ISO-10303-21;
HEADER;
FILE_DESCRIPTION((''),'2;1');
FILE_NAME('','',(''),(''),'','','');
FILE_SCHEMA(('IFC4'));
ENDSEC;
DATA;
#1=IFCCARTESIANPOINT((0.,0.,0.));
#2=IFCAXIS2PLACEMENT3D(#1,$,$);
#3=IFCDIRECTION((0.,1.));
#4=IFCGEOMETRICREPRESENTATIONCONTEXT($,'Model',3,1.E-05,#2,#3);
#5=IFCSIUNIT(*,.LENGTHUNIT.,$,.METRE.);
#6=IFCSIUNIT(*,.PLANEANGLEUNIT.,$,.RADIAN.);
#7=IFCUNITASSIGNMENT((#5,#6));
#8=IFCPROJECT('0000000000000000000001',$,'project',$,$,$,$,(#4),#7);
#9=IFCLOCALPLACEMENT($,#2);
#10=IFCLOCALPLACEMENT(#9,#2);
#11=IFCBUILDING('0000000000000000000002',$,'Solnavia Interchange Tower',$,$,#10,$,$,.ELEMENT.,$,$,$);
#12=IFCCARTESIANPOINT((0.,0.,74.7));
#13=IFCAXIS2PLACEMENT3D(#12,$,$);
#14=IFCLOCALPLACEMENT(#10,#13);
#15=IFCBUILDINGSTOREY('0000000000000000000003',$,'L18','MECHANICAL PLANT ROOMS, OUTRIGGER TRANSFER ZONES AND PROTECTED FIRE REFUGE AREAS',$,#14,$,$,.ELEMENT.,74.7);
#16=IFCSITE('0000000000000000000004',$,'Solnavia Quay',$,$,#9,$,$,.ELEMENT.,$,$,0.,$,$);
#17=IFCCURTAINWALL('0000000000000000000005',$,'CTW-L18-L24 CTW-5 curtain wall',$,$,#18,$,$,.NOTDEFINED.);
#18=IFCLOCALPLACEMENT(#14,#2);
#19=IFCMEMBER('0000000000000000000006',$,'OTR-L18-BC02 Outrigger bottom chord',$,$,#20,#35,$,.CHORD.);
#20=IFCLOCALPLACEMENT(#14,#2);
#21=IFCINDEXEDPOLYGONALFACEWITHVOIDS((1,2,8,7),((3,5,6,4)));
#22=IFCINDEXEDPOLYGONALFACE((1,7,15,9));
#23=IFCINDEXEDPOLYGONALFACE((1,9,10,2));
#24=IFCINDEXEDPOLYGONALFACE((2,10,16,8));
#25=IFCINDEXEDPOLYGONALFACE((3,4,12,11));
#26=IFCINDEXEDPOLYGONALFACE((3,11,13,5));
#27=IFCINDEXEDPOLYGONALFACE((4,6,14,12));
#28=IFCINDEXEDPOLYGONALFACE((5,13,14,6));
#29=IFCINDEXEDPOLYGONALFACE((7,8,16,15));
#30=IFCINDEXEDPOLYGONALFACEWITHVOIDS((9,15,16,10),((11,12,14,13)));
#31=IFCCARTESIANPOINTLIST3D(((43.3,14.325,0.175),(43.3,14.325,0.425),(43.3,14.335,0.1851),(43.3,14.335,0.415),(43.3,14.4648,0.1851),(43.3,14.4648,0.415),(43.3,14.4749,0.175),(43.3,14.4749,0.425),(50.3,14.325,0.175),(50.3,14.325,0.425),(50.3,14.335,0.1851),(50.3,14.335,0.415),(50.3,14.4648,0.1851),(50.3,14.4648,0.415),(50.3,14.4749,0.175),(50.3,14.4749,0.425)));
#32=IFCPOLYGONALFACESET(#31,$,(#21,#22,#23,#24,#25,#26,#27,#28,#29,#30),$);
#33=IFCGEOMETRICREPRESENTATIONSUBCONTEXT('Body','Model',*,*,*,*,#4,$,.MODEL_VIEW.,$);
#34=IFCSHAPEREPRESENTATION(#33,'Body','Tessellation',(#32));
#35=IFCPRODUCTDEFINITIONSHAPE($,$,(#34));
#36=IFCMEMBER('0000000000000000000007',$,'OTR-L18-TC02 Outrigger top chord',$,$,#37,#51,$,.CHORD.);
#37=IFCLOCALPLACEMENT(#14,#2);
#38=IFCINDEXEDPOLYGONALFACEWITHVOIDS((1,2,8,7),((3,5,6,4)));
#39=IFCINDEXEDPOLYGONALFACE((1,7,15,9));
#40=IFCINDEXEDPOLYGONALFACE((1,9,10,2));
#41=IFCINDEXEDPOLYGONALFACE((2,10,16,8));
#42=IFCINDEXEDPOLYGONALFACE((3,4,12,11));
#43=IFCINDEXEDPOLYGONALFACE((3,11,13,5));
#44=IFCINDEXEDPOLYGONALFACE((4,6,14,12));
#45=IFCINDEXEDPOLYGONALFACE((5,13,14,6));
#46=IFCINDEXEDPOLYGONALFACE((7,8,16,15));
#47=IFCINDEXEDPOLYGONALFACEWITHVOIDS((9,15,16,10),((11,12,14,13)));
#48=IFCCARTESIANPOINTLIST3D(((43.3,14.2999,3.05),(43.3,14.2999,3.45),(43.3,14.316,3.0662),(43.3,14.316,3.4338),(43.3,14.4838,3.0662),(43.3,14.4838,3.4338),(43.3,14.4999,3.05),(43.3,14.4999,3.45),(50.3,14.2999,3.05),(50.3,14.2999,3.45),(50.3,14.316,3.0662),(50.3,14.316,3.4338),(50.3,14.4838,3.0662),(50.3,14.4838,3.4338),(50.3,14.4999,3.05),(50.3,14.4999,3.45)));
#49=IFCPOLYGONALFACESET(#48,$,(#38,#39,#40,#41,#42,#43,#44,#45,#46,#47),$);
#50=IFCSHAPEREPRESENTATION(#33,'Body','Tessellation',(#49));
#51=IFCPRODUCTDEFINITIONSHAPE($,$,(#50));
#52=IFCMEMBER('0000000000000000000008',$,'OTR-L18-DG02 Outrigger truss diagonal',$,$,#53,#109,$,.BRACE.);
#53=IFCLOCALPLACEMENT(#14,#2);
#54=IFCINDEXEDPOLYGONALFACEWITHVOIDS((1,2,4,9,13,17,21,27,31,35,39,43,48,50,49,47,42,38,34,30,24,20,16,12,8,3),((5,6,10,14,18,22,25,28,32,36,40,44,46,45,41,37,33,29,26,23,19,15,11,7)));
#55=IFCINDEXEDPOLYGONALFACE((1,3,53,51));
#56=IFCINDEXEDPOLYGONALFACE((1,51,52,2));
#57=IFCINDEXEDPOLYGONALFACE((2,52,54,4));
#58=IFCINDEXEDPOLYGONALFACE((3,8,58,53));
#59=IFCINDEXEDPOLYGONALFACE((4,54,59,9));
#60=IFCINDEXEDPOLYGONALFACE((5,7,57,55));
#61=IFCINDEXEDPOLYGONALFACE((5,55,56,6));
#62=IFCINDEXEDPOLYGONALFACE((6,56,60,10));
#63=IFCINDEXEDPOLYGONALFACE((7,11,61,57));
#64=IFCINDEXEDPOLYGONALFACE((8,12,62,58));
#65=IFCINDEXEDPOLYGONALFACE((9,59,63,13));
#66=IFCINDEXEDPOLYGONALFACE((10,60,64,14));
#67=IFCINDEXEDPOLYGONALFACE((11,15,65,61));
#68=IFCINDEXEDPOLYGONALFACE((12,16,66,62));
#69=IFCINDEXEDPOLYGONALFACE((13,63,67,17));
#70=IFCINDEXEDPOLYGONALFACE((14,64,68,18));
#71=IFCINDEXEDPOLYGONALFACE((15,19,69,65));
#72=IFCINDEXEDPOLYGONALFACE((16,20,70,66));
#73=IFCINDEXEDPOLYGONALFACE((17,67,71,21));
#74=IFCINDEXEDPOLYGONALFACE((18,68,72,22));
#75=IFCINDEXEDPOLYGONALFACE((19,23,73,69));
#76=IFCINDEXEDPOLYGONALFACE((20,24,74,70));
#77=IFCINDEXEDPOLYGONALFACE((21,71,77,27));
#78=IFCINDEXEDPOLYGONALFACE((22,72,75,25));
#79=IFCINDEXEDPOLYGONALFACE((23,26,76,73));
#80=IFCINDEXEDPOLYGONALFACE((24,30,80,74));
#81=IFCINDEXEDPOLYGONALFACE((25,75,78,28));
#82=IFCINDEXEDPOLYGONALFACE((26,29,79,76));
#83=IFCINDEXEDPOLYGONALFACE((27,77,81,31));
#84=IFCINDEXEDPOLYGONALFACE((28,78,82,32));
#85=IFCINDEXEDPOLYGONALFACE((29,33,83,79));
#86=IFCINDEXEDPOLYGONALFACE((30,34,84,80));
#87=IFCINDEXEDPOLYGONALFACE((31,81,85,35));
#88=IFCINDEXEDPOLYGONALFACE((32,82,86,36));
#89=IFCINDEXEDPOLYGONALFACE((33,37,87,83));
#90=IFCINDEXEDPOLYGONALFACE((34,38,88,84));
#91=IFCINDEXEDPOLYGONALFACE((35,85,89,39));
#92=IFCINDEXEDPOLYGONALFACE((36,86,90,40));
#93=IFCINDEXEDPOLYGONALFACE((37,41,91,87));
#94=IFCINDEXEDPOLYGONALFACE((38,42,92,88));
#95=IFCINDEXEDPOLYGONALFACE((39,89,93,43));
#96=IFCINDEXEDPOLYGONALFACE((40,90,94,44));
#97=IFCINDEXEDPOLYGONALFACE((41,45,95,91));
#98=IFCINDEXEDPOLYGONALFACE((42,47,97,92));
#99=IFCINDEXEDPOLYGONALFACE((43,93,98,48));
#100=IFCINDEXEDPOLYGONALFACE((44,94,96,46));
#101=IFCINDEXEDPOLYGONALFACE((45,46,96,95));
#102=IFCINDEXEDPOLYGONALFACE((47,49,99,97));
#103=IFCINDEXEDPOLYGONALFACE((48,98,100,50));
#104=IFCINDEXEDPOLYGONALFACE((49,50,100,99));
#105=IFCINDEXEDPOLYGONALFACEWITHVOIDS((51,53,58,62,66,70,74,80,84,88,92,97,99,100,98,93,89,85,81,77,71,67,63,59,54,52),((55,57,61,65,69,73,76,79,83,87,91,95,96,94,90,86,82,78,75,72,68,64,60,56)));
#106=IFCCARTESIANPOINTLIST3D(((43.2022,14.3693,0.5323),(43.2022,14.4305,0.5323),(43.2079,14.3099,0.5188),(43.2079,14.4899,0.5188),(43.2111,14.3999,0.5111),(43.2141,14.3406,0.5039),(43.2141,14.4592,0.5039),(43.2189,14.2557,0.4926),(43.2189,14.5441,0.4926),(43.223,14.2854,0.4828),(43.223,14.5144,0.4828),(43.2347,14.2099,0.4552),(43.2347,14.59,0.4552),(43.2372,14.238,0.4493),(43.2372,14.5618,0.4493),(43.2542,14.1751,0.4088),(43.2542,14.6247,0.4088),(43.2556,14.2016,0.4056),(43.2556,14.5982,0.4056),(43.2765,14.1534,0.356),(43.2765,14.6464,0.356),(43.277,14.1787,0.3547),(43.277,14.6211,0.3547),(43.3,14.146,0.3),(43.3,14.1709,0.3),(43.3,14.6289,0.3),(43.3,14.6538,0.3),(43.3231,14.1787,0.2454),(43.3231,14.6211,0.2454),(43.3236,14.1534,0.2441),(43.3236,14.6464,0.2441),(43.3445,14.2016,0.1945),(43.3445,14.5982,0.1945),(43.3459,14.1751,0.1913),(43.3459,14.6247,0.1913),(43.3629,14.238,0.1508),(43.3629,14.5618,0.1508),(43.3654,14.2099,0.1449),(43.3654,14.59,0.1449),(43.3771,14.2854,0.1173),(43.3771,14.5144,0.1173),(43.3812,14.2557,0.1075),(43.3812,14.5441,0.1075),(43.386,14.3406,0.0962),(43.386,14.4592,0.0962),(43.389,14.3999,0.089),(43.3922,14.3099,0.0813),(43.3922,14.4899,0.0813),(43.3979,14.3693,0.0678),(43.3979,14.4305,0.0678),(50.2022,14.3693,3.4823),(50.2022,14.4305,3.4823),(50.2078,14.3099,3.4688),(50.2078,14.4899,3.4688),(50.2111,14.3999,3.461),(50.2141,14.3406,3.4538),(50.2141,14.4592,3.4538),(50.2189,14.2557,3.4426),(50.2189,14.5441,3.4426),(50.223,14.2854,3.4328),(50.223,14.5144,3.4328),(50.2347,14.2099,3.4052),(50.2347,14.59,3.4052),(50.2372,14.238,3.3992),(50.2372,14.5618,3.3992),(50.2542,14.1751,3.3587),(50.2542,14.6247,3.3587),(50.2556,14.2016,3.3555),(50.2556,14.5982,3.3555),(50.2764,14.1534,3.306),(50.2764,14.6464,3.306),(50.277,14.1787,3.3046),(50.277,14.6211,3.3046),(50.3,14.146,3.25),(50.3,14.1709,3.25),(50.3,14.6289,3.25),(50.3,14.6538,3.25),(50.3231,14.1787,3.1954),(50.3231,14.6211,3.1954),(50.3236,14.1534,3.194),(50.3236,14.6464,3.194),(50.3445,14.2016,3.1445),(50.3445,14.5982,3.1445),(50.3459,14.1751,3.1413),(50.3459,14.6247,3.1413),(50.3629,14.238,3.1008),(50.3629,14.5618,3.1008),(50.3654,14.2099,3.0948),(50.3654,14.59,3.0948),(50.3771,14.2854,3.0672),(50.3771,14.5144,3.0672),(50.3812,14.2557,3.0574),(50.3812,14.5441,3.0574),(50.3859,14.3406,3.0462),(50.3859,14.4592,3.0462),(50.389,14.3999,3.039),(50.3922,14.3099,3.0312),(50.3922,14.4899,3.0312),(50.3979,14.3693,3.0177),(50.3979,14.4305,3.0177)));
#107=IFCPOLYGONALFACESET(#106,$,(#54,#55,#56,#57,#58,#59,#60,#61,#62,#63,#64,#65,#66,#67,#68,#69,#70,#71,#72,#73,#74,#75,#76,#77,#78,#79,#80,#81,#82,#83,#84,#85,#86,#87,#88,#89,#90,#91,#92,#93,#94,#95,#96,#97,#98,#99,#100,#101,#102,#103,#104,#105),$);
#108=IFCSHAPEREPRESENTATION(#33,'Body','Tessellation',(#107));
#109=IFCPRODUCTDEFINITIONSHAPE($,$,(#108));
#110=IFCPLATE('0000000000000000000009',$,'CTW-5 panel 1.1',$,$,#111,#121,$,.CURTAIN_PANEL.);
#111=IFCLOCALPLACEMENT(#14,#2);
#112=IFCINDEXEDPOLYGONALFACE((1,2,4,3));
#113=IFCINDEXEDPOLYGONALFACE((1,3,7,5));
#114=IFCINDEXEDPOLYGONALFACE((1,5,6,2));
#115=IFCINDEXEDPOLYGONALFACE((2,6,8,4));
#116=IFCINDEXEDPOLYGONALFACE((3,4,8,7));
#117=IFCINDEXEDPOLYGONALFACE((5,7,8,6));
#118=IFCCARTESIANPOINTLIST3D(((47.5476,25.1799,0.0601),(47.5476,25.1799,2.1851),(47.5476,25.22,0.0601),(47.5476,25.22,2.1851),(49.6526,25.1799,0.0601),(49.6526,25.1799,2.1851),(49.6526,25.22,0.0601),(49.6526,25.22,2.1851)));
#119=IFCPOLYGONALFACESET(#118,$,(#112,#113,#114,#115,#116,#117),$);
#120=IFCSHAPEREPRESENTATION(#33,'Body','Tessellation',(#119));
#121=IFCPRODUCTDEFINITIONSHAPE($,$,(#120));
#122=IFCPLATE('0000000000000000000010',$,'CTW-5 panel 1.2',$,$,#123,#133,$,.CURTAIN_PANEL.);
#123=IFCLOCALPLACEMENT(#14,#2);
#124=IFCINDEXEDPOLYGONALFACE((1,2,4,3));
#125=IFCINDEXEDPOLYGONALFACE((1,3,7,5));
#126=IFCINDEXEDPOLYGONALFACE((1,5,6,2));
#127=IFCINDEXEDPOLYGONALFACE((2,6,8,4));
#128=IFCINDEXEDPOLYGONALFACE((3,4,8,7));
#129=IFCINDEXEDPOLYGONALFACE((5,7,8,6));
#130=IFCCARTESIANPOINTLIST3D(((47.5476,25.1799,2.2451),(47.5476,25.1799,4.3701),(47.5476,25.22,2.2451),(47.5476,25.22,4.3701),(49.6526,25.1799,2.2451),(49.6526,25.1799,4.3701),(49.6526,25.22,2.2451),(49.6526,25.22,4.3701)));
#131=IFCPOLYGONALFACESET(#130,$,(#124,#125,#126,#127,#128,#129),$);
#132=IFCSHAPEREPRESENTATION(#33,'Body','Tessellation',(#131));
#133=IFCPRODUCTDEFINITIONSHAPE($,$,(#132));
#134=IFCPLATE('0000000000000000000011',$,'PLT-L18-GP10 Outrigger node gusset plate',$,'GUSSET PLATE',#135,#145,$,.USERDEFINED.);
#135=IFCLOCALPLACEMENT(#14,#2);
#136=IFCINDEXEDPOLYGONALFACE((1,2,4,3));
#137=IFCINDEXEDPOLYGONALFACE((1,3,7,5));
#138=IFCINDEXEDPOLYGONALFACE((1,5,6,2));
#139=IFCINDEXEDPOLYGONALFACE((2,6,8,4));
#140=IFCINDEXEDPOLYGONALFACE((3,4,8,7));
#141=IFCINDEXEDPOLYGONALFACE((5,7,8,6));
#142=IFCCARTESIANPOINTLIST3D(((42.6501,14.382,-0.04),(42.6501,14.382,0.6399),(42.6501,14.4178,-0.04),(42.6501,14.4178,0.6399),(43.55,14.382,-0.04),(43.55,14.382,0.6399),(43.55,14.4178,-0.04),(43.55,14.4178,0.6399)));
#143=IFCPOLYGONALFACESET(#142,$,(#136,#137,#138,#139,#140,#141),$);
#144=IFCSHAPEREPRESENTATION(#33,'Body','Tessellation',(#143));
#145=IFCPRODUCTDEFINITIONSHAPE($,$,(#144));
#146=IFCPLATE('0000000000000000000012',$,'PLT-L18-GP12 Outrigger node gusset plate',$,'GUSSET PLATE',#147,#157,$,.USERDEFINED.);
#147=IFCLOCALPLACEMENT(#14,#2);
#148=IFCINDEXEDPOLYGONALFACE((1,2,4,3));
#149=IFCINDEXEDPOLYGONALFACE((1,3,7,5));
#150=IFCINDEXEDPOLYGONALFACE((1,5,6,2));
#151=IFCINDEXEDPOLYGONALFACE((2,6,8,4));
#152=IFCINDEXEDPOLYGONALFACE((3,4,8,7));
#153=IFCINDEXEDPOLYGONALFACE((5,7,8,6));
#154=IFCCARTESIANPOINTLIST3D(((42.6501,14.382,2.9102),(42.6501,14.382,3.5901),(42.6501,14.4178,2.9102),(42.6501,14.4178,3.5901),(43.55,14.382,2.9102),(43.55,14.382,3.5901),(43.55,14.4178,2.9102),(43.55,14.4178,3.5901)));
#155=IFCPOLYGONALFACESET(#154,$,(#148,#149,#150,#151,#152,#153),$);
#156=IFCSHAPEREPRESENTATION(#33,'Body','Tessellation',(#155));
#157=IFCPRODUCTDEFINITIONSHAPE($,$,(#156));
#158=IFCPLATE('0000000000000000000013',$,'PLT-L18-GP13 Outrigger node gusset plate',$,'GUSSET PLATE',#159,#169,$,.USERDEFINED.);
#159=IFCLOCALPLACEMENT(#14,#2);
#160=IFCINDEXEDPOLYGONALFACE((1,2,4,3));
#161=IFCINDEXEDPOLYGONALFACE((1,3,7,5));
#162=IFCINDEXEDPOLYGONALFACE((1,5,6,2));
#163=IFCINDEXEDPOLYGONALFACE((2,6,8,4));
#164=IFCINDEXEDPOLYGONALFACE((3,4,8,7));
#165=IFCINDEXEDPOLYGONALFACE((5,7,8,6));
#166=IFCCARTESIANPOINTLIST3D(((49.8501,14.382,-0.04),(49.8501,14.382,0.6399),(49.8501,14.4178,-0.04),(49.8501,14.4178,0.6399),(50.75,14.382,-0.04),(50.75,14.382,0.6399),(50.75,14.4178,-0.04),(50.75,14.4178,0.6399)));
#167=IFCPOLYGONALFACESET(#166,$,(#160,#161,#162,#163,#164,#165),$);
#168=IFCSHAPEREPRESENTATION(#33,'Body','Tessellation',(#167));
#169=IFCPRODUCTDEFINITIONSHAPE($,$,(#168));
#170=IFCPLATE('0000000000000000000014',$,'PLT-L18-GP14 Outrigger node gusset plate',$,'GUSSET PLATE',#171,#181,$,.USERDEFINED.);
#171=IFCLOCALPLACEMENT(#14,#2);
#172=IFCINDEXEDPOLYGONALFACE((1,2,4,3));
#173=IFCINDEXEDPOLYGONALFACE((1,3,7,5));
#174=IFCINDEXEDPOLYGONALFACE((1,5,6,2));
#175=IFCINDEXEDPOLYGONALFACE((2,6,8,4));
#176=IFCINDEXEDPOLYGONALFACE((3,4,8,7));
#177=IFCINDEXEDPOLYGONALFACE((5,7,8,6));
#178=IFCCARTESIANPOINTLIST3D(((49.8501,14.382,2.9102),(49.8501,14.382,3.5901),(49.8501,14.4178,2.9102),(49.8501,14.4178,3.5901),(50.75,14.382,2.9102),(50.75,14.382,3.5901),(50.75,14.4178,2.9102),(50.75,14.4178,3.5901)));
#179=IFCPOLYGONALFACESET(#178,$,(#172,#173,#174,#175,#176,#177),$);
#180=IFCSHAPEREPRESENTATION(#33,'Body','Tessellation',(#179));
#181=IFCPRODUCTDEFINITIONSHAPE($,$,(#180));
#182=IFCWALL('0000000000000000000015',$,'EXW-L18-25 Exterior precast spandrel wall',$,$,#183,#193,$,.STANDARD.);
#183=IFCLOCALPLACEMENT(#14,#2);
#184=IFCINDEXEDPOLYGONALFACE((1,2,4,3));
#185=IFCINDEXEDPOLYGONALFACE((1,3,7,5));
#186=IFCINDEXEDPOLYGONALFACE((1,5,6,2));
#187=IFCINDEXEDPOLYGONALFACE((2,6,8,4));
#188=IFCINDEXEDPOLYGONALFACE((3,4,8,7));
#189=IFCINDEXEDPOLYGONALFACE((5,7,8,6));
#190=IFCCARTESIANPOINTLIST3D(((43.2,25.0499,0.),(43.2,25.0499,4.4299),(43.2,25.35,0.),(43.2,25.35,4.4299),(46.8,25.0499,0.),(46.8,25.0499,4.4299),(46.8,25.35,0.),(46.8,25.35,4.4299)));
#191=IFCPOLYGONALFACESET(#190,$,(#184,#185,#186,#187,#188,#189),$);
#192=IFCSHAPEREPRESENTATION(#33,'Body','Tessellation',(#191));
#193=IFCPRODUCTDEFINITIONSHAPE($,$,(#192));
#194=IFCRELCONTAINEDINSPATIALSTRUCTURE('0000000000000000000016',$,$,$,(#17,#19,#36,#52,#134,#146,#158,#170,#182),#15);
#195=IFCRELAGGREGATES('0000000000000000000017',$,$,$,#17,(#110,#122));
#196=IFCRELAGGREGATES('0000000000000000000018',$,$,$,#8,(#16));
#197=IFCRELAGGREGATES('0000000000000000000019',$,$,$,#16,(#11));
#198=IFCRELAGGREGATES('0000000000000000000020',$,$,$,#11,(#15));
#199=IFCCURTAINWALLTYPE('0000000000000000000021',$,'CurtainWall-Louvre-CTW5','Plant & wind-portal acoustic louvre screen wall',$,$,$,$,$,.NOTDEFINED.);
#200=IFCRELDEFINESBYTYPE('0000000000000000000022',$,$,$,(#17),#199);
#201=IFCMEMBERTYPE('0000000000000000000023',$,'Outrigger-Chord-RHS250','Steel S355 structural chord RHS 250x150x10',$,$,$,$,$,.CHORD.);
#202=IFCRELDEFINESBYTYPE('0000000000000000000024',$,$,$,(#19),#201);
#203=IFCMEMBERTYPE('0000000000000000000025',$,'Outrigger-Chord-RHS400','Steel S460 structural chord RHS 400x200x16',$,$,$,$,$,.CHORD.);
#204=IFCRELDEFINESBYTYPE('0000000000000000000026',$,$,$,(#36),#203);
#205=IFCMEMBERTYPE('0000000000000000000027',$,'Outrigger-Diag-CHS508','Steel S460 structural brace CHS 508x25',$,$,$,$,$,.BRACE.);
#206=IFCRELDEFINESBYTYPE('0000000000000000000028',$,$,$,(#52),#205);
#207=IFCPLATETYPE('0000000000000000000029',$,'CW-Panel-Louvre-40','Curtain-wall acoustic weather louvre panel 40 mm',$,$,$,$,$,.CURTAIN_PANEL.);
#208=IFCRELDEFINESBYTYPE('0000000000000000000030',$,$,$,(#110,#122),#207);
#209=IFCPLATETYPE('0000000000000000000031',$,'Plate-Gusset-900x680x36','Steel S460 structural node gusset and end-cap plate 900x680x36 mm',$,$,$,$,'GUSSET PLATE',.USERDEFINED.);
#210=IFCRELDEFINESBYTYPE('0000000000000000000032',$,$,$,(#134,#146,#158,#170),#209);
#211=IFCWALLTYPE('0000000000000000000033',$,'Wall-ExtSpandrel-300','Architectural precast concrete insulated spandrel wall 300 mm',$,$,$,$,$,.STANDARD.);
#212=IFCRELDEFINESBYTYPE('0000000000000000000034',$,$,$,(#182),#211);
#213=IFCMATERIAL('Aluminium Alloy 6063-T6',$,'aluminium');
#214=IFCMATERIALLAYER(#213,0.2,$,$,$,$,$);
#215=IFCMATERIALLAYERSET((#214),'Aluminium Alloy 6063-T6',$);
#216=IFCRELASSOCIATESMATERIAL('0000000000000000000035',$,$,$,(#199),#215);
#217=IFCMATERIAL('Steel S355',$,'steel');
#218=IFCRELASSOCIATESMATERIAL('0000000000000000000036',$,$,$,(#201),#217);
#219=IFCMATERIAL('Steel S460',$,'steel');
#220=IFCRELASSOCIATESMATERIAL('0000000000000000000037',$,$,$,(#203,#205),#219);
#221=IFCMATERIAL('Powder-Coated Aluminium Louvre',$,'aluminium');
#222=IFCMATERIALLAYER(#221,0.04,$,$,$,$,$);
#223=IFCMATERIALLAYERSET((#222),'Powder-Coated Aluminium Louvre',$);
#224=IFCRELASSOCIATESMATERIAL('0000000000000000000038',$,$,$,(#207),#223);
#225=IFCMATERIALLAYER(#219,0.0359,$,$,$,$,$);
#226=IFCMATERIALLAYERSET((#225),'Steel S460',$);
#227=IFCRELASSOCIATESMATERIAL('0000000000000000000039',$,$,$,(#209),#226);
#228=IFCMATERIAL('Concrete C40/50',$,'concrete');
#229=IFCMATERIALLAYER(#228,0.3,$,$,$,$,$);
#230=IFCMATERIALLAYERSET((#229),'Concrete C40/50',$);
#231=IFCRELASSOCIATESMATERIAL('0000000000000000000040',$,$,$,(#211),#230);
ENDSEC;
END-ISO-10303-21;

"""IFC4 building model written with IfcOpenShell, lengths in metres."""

from ifc_helpers import new_model, si_unit, direction, frame, frame_2d, origin, origin_2d, place, context, subcontext, project, spatial, rectangle, hollow_rectangle, hollow_circle, extrude, material, layer, layer_set, material_profile, profile_set, type_object, element, aggregate, save


model = new_model("IFC4")

# Units and contexts
model_context = context("Model", 3, precision=1e-05, world=origin(), true_north=direction((0.0, 1.0)))
body_context = subcontext(model_context, "Body", "Model", "MODEL_VIEW")
ifc_project = project(units=[si_unit("LENGTHUNIT", "METRE"), si_unit("PLANEANGLEUNIT", "RADIAN")], contexts=[model_context])

# Site, building, storey
site_placement = place(None, origin())
site = spatial("IfcSite", under=ifc_project, at=site_placement, Name="Solnavia Quay", CompositionType="ELEMENT", RefElevation=0.0)
building_placement = place(site_placement, origin())
building = spatial("IfcBuilding", under=site, at=building_placement, Name="Solnavia Interchange Tower", CompositionType="ELEMENT")
storey_placement = place(building_placement, frame((0.0, 0.0, 74.7)))
storey = spatial("IfcBuildingStorey", under=building, at=storey_placement, Name="L18", Description="MECHANICAL PLANT ROOMS, OUTRIGGER TRANSFER ZONES AND PROTECTED FIRE REFUGE AREAS", CompositionType="ELEMENT", Elevation=74.7)

# Shared definitions
ifc_material_1 = material(Name="Steel S355", Category="steel")

# Shared definitions
ifc_material_2 = material(Name="Steel S460", Category="steel")

# Curtain wall
ifc_material_3 = material(Name="Aluminium Alloy 6063-T6", Category="aluminium")
ifc_layer_1 = layer(ifc_material_3, 0.2)
ifc_layer_set_1 = layer_set([ifc_layer_1], Name="Aluminium Alloy 6063-T6")
curtain_wall_type = type_object("IfcCurtainWallType", Name="CurtainWall-Louvre-CTW5", Description="Plant & wind-portal acoustic louvre screen wall", PredefinedType="NOTDEFINED", material=ifc_layer_set_1)
curtain_wall_placement = place(storey_placement, origin())
curtain_wall = element("IfcCurtainWall", 1, at=curtain_wall_placement, inside=storey, type_object=curtain_wall_type, Name="CTW-L18-L24 CTW-5 curtain wall", PredefinedType="NOTDEFINED")

# Members
ifc_material_profile_1 = material_profile(ifc_material_1, hollow_rectangle(XDim=0.1499, YDim=0.25, WallThickness=0.01, at=origin_2d()), Name="RHS 250x150x10")
ifc_profile_set_1 = profile_set([ifc_material_profile_1], Name="Steel S355")
member_type_1 = type_object("IfcMemberType", Name="Outrigger-Chord-RHS250", Description="Steel S355 structural chord RHS 250x150x10", PredefinedType="CHORD", material=ifc_profile_set_1)
member_1_placement = place(storey_placement, frame((43.3, 14.3999, 0.3), z_axis=(1.0, 0.0, 0.0), x_axis=(0.0, 1.0, 0.0)))
element("IfcMember", 2, at=member_1_placement, inside=storey, type_object=member_type_1, Name="OTR-L18-BC02 Outrigger bottom chord", PredefinedType="CHORD", context=body_context, shape_type="SweptSolid", body=[
    extrude(hollow_rectangle(XDim=0.1499, YDim=0.25, WallThickness=0.01, at=origin_2d()), origin(), (0.0, 0.0, 1.0), 7.0),
])
ifc_material_profile_2 = material_profile(ifc_material_2, hollow_rectangle(XDim=0.2, YDim=0.3999, WallThickness=0.0161, at=origin_2d()), Name="RHS 400x200x16")
ifc_profile_set_2 = profile_set([ifc_material_profile_2], Name="Steel S460")
member_type_2 = type_object("IfcMemberType", Name="Outrigger-Chord-RHS400", Description="Steel S460 structural chord RHS 400x200x16", PredefinedType="CHORD", material=ifc_profile_set_2)
member_2_placement = place(storey_placement, frame((43.3, 14.3999, 3.25), z_axis=(1.0, 0.0, 0.0), x_axis=(0.0, 1.0, 0.0)))
element("IfcMember", 3, at=member_2_placement, inside=storey, type_object=member_type_2, Name="OTR-L18-TC02 Outrigger top chord", PredefinedType="CHORD", context=body_context, shape_type="SweptSolid", body=[
    extrude(hollow_rectangle(XDim=0.2, YDim=0.3999, WallThickness=0.0161, at=origin_2d()), origin(), (0.0, 0.0, 1.0), 7.0),
])
ifc_material_profile_3 = material_profile(ifc_material_2, hollow_circle(Radius=0.2539, WallThickness=0.0249, at=origin_2d()), Name="CHS 508x25")
ifc_profile_set_3 = profile_set([ifc_material_profile_3], Name="Steel S460")
member_type_3 = type_object("IfcMemberType", Name="Outrigger-Diag-CHS508", Description="Steel S460 structural brace CHS 508x25", PredefinedType="BRACE", material=ifc_profile_set_3)
member_3_placement = place(storey_placement, frame((43.3, 14.3999, 0.3), z_axis=(0.921514, 0.0, 0.388346), x_axis=(0.0, 1.0, 0.0)))
element("IfcMember", 4, at=member_3_placement, inside=storey, type_object=member_type_3, Name="OTR-L18-DG02 Outrigger truss diagonal", PredefinedType="BRACE", context=body_context, shape_type="SweptSolid", body=[
    extrude(hollow_circle(Radius=0.2539, WallThickness=0.0249, at=origin_2d()), origin(), (0.0, 0.0, 1.0), 7.5962),
])

# Plates
ifc_material_4 = material(Name="Powder-Coated Aluminium Louvre", Category="aluminium")
ifc_layer_2 = layer(ifc_material_4, 0.04)
ifc_layer_set_2 = layer_set([ifc_layer_2], Name="Powder-Coated Aluminium Louvre")
plate_type_1 = type_object("IfcPlateType", Name="CW-Panel-Louvre-40", Description="Curtain-wall acoustic weather louvre panel 40 mm", PredefinedType="CURTAIN_PANEL", material=ifc_layer_set_2)
plate_1_placement = place(storey_placement, frame((48.6001, 25.2, 0.0601), z_axis=(0.0, 0.0, 1.0), x_axis=(-1.0, 0.0, 0.0)))
plate_1 = element("IfcPlate", 5, at=plate_1_placement, type_object=plate_type_1, Name="CTW-5 panel 1.1", PredefinedType="CURTAIN_PANEL", context=body_context, shape_type="SweptSolid", body=[
    extrude(rectangle(XDim=2.105, YDim=0.04, at=origin_2d()), origin(), (0.0, 0.0, 1.0), 2.125),
])
plate_2_placement = place(storey_placement, frame((48.6001, 25.2, 2.2451), z_axis=(0.0, 0.0, 1.0), x_axis=(-1.0, 0.0, 0.0)))
plate_2 = element("IfcPlate", 6, at=plate_2_placement, type_object=plate_type_1, Name="CTW-5 panel 1.2", PredefinedType="CURTAIN_PANEL", context=body_context, shape_type="SweptSolid", body=[
    extrude(rectangle(XDim=2.105, YDim=0.04, at=origin_2d()), origin(), (0.0, 0.0, 1.0), 2.125),
])
aggregate(curtain_wall, [plate_1, plate_2])

# Plates
ifc_layer_3 = layer(ifc_material_2, 0.0359)
ifc_layer_set_3 = layer_set([ifc_layer_3], Name="Steel S460")
plate_type_2 = type_object("IfcPlateType", Name="Plate-Gusset-900x680x36", Description="Steel S460 structural node gusset and end-cap plate 900x680x36 mm", ElementType="GUSSET PLATE", PredefinedType="USERDEFINED", material=ifc_layer_set_3)
for number, where, z_axis, x_axis, name in (
    (7, (43.1001, 14.3999, -0.04), (0.0, 0.0, 1.0), (1.0, 0.0, 0.0), "PLT-L18-GP10 Outrigger node gusset plate"),
    (8, (43.1001, 14.3999, 2.9102), (0.0, 0.0, 1.0), (1.0, 0.0, 0.0), "PLT-L18-GP12 Outrigger node gusset plate"),
    (9, (50.3, 14.3999, -0.04), (0.0, 0.0, 1.0), (1.0, 0.0, 0.0), "PLT-L18-GP13 Outrigger node gusset plate"),
    (10, (50.3, 14.3999, 2.9102), (0.0, 0.0, 1.0), (1.0, 0.0, 0.0), "PLT-L18-GP14 Outrigger node gusset plate"),
):
    element("IfcPlate", number, at=place(storey_placement, frame(where, z_axis=z_axis, x_axis=x_axis)), inside=storey, type_object=plate_type_2, Name=name, ObjectType="GUSSET PLATE", PredefinedType="USERDEFINED", context=body_context, shape_type="SweptSolid", body=[
        extrude(rectangle(XDim=0.8999, YDim=0.0359, at=origin_2d()), origin(), (0.0, 0.0, 1.0), 0.6799),
    ])

# Wall
ifc_material_5 = material(Name="Concrete C40/50", Category="concrete")
ifc_layer_4 = layer(ifc_material_5, 0.3)
ifc_layer_set_4 = layer_set([ifc_layer_4], Name="Concrete C40/50")
wall_type_1 = type_object("IfcWallType", Name="Wall-ExtSpandrel-300", Description="Architectural precast concrete insulated spandrel wall 300 mm", PredefinedType="STANDARD", material=ifc_layer_set_4)
wall_1_placement = place(storey_placement, frame((43.2, 25.2, 0.0), z_axis=(0.0, 0.0, 1.0), x_axis=(1.0, 0.0, 0.0)))
element("IfcWall", 11, at=wall_1_placement, inside=storey, type_object=wall_type_1, Name="EXW-L18-25 Exterior precast spandrel wall", PredefinedType="STANDARD", context=body_context, shape_type="SweptSolid", body=[
    extrude(rectangle(XDim=3.6001, YDim=0.3, at=frame_2d((1.8, 0.0))), origin(), (0.0, 0.0, 1.0), 4.4299),
])

save(model, "model.ifc")
